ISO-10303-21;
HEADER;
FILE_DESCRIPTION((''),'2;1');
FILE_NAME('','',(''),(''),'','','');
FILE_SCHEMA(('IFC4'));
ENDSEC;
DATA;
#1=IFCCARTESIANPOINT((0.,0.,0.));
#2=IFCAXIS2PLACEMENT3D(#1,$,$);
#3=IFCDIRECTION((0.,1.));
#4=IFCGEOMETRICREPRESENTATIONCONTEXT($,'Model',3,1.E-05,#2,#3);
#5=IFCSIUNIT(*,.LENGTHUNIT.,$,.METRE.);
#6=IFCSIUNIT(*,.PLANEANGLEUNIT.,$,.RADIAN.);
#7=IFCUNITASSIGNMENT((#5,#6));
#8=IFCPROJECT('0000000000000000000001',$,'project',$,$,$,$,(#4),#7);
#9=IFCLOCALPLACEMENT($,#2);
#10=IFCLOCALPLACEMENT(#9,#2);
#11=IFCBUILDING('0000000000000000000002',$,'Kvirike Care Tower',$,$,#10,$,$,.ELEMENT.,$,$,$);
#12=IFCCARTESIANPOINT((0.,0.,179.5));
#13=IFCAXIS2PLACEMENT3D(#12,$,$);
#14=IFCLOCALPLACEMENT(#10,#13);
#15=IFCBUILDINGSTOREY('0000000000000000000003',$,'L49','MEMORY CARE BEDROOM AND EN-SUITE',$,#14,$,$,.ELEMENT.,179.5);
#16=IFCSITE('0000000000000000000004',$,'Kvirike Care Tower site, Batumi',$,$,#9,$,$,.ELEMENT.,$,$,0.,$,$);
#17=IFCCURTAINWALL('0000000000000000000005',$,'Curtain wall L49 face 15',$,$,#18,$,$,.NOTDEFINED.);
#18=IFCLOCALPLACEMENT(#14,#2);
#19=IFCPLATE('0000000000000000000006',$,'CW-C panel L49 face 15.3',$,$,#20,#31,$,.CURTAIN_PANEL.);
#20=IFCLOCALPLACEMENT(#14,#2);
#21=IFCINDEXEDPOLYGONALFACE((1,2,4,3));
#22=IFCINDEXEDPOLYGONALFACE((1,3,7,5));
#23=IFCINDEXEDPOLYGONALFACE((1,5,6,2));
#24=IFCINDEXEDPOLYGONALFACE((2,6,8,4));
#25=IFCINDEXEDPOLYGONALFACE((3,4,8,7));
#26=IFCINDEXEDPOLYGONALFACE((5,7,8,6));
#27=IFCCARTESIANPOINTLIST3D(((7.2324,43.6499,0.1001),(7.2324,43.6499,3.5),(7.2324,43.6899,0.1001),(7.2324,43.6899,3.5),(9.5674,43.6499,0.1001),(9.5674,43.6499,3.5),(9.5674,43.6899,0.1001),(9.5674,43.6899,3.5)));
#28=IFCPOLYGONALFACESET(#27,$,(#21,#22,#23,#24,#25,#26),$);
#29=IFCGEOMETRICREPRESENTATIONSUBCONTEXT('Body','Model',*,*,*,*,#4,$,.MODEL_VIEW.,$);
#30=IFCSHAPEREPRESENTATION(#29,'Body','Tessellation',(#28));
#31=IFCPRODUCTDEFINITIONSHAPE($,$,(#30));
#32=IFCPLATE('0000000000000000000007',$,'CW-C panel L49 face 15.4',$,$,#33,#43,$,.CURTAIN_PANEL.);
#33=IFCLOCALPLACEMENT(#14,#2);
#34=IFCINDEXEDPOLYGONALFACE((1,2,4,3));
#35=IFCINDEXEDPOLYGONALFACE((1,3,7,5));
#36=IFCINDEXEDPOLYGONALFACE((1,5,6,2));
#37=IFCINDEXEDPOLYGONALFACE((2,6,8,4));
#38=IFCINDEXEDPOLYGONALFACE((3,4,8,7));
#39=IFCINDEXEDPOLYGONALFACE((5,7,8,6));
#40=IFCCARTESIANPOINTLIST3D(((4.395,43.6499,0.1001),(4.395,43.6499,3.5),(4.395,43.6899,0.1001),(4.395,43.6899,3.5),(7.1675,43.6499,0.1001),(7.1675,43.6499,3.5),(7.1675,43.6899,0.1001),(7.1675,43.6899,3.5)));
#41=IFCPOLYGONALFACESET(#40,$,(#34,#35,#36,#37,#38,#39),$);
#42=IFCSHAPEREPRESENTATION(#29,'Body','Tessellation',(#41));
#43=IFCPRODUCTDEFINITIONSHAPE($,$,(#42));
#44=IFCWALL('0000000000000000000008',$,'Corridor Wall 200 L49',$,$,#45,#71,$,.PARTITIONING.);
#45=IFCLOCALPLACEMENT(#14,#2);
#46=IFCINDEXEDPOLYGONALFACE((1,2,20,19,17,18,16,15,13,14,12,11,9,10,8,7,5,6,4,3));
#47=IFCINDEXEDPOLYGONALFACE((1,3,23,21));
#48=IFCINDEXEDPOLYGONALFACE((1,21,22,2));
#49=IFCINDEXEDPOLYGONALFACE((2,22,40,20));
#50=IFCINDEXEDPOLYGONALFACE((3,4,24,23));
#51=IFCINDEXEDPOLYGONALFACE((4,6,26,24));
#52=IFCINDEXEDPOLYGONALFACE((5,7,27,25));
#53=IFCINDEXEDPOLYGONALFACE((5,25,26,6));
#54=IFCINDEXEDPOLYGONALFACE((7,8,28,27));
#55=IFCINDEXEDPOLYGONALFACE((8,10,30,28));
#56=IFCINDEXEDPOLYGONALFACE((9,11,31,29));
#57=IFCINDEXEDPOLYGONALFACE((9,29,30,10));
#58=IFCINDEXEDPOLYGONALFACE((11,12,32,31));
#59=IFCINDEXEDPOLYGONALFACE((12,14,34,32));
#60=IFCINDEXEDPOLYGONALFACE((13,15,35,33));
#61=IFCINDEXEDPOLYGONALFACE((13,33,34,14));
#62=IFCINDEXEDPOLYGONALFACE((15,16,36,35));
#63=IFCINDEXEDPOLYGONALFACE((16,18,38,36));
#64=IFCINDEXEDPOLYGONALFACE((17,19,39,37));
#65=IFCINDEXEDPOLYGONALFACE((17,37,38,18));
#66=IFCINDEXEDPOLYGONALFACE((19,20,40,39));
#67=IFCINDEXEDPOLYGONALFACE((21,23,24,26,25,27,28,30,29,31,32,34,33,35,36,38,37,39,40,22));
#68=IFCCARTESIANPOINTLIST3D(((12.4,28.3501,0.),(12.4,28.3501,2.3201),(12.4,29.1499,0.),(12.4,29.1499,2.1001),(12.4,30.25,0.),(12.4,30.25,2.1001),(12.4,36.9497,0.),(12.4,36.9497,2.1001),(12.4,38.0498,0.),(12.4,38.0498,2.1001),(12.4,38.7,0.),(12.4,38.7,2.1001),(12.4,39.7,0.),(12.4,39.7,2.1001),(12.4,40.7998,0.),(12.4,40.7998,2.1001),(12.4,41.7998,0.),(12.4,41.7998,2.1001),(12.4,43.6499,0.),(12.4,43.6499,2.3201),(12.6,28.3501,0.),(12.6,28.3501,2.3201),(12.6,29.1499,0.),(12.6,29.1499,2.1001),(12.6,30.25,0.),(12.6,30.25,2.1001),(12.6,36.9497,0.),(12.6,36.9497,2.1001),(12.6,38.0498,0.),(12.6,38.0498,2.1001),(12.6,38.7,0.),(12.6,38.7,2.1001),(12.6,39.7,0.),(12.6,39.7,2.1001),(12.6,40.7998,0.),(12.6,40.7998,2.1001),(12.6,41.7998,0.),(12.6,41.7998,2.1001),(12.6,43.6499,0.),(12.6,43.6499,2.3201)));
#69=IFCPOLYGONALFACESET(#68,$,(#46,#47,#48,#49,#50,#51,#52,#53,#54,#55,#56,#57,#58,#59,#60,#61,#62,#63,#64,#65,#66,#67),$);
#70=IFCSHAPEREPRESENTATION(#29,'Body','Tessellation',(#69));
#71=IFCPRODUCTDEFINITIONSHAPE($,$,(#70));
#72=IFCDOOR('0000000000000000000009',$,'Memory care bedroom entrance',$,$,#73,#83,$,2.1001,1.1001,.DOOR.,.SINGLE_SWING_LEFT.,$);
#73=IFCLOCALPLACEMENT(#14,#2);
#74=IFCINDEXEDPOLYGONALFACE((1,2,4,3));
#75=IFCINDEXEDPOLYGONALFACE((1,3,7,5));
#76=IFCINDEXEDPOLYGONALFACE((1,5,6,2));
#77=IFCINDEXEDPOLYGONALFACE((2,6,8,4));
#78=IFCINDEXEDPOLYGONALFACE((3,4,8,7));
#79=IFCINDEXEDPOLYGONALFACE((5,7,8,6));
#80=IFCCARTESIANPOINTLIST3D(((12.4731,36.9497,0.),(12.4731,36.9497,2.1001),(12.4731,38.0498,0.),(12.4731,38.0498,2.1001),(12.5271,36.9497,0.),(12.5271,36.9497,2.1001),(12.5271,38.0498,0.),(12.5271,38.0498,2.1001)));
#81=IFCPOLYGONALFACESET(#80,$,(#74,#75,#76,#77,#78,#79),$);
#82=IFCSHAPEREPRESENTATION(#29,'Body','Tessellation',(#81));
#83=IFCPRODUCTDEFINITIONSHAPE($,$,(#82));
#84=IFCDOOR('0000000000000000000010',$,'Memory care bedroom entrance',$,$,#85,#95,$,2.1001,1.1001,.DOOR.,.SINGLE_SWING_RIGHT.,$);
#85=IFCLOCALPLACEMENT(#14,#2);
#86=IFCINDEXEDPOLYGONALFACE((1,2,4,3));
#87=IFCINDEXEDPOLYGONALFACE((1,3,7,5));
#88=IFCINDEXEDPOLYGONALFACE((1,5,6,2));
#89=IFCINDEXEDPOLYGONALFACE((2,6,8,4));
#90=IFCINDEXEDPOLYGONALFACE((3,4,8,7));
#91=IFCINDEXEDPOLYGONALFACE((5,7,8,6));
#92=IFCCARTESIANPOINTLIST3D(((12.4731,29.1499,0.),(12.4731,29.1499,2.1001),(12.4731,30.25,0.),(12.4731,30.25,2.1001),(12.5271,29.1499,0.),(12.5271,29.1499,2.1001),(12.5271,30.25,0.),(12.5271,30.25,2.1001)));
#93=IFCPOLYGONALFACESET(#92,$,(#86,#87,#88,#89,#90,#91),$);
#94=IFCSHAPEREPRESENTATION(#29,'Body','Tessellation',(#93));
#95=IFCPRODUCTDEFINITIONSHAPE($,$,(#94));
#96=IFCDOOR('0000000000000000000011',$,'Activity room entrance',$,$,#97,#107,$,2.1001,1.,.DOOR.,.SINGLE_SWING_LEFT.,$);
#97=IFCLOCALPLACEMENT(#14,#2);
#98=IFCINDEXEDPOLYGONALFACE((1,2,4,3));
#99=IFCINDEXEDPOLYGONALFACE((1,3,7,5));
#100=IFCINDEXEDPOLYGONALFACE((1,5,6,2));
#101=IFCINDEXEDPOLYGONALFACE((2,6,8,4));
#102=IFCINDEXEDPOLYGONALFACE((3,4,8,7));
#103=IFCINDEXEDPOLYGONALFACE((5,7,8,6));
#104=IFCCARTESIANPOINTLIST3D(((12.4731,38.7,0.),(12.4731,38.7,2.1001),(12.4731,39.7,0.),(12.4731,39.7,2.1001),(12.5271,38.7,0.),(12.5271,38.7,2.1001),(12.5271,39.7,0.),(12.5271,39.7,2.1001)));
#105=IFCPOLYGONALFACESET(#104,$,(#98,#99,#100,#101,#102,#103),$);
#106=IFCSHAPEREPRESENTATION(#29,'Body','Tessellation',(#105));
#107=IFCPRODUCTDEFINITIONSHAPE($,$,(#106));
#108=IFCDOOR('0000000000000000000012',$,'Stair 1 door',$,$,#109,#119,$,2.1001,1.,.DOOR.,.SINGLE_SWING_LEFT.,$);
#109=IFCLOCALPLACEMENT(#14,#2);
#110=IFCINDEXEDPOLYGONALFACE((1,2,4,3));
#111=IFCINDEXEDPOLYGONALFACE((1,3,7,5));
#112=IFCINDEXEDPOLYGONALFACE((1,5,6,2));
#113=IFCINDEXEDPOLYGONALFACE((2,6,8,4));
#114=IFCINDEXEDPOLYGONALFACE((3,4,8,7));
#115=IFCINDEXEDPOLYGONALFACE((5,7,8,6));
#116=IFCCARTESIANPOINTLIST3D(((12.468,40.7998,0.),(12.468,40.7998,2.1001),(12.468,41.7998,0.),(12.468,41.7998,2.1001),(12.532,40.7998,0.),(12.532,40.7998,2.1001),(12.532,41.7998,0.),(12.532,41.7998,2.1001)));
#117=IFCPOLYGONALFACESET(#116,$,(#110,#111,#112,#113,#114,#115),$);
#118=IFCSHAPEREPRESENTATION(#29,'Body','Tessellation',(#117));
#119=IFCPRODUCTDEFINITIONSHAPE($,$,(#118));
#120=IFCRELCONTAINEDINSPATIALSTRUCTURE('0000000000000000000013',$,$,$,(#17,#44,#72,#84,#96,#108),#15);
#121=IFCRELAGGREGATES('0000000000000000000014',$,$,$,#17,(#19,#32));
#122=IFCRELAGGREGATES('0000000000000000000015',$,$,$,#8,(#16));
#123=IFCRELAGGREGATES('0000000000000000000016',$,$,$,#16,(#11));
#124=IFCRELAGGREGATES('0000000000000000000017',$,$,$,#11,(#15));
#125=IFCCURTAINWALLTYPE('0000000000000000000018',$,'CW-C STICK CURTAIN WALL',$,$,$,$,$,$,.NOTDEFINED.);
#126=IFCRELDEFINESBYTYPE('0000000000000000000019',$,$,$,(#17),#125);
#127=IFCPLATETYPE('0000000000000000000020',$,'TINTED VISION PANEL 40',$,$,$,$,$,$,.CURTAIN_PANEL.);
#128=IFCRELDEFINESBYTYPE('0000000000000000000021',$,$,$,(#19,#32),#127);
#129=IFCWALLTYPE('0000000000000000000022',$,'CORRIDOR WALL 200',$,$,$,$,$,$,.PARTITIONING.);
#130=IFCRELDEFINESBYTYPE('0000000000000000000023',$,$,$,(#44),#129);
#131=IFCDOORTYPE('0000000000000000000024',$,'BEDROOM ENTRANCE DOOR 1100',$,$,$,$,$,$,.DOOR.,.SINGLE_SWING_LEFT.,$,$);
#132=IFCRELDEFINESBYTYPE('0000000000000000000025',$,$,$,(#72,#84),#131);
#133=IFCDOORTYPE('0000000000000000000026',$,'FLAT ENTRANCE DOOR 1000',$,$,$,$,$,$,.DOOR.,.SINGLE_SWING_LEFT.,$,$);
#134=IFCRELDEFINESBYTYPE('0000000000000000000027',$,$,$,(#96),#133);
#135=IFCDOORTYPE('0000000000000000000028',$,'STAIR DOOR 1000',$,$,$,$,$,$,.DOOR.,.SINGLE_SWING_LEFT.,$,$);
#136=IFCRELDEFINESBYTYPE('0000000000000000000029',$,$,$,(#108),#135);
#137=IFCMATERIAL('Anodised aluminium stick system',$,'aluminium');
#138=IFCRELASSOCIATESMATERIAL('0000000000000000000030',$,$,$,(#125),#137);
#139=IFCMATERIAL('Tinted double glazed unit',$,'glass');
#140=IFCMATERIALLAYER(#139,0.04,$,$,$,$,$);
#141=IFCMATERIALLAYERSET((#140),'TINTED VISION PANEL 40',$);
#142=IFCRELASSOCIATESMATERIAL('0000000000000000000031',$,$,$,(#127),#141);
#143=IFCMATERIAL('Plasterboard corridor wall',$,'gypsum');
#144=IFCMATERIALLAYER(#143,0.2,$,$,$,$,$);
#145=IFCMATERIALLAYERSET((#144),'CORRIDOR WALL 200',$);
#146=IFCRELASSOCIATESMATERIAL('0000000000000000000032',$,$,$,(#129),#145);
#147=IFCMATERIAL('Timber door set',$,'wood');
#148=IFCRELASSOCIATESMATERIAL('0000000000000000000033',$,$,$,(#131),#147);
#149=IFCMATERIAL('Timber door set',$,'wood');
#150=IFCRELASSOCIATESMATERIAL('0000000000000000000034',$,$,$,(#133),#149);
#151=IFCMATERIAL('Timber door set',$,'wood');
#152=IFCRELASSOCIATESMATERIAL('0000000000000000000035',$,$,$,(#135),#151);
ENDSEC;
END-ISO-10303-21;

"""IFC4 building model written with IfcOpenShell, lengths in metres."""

from ifc_helpers import new_model, si_unit, direction, frame, frame_2d, origin, origin_2d, place, context, subcontext, project, spatial, rectangle, extrude, material, layer, layer_set, type_object, element, fill, aggregate, save


model = new_model("IFC4")

# Units and contexts
model_context = context("Model", 3, precision=1e-05, world=origin(), true_north=direction((0.0, 1.0)))
body_context = subcontext(model_context, "Body", "Model", "MODEL_VIEW")
ifc_project = project(units=[si_unit("LENGTHUNIT", "METRE"), si_unit("PLANEANGLEUNIT", "RADIAN")], contexts=[model_context])

# Site, building, storey
site_placement = place(None, origin())
site = spatial("IfcSite", under=ifc_project, at=site_placement, Name="Kvirike Care Tower site, Batumi", CompositionType="ELEMENT", RefElevation=0.0)
building_placement = place(site_placement, origin())
building = spatial("IfcBuilding", under=site, at=building_placement, Name="Kvirike Care Tower", CompositionType="ELEMENT")
storey_placement = place(building_placement, frame((0.0, 0.0, 179.5)))
storey = spatial("IfcBuildingStorey", under=building, at=storey_placement, Name="L49", Description="MEMORY CARE BEDROOM AND EN-SUITE", CompositionType="ELEMENT", Elevation=179.5)

# Curtain wall
ifc_material_1 = material(Name="Anodised aluminium stick system", Category="aluminium")
curtain_wall_type = type_object("IfcCurtainWallType", Name="CW-C STICK CURTAIN WALL", PredefinedType="NOTDEFINED", material=ifc_material_1)
curtain_wall_1_placement = place(storey_placement, origin())
curtain_wall_1 = element("IfcCurtainWall", 1, at=curtain_wall_1_placement, inside=storey, type_object=curtain_wall_type, Name="Curtain wall L49 face 15", PredefinedType="NOTDEFINED")

# Plates
ifc_material_2 = material(Name="Tinted double glazed unit", Category="glass")
ifc_layer_1 = layer(ifc_material_2, 0.04)
ifc_layer_set_1 = layer_set([ifc_layer_1], Name="TINTED VISION PANEL 40")
plate_type = type_object("IfcPlateType", Name="TINTED VISION PANEL 40", PredefinedType="CURTAIN_PANEL", material=ifc_layer_set_1)
plate_1_placement = place(storey_placement, frame((8.3999, 43.6699, 0.1001), z_axis=(0.0, 0.0, 1.0), x_axis=(-1.0, 0.0, 0.0)))
plate_1 = element("IfcPlate", 2, at=plate_1_placement, type_object=plate_type, Name="CW-C panel L49 face 15.3", PredefinedType="CURTAIN_PANEL", context=body_context, shape_type="SweptSolid", body=[
    extrude(rectangle(XDim=2.335, YDim=0.04, at=origin_2d()), origin(), (0.0, 0.0, 1.0), 3.3999),
])
plate_2_placement = place(storey_placement, frame((5.7812, 43.6699, 0.1001), z_axis=(0.0, 0.0, 1.0), x_axis=(-1.0, 0.0, 0.0)))
plate_2 = element("IfcPlate", 3, at=plate_2_placement, type_object=plate_type, Name="CW-C panel L49 face 15.4", PredefinedType="CURTAIN_PANEL", context=body_context, shape_type="SweptSolid", body=[
    extrude(rectangle(XDim=2.7725, YDim=0.04, at=origin_2d()), origin(), (0.0, 0.0, 1.0), 3.3999),
])
aggregate(curtain_wall_1, [plate_1, plate_2])

# Wall, openings, doors
ifc_material_3 = material(Name="Plasterboard corridor wall", Category="gypsum")
ifc_layer_2 = layer(ifc_material_3, 0.2)
ifc_layer_set_2 = layer_set([ifc_layer_2], Name="CORRIDOR WALL 200")
wall_type = type_object("IfcWallType", Name="CORRIDOR WALL 200", PredefinedType="PARTITIONING", material=ifc_layer_set_2)
wall_placement = place(storey_placement, frame((12.5, 43.6499, 0.0), z_axis=(0.0, 0.0, 1.0), x_axis=(0.0, -1.0, 0.0)))
wall = element("IfcWall", 4, at=wall_placement, inside=storey, type_object=wall_type, Name="Corridor Wall 200 L49", PredefinedType="PARTITIONING", context=body_context, shape_type="SweptSolid", body=[
    extrude(rectangle(XDim=15.2998, YDim=0.2, at=frame_2d((7.6499, 0.0))), origin(), (0.0, 0.0, 1.0), 2.3201),
])
opening_1_placement = place(wall_placement, frame((1.8501, 0.0, 0.0)))
opening_1 = element("IfcOpeningElement", 5, at=opening_1_placement, cuts=wall, PredefinedType="OPENING", context=body_context, shape_type="SweptSolid", body=[
    extrude(rectangle(XDim=1.0, YDim=2.1001, at=frame_2d((0.5, 1.05))), frame((0.0, 0.1106, 0.0), z_axis=(0.0, -1.0, 0.0), x_axis=(1.0, 0.0, 0.0)), (0.0, 0.0, 1.0), 0.2209),
])
opening_2_placement = place(wall_placement, frame((3.95, 0.0, 0.0)))
opening_2 = element("IfcOpeningElement", 6, at=opening_2_placement, cuts=wall, PredefinedType="OPENING", context=body_context, shape_type="SweptSolid", body=[
    extrude(rectangle(XDim=1.0, YDim=2.1001, at=frame_2d((0.5, 1.05))), frame((0.0, 0.1106, 0.0), z_axis=(0.0, -1.0, 0.0), x_axis=(1.0, 0.0, 0.0)), (0.0, 0.0, 1.0), 0.2209),
])
opening_3_placement = place(wall_placement, frame((5.6001, 0.0, 0.0)))
opening_3 = element("IfcOpeningElement", 7, at=opening_3_placement, cuts=wall, PredefinedType="OPENING", context=body_context, shape_type="SweptSolid", body=[
    extrude(rectangle(XDim=1.1001, YDim=2.1001, at=frame_2d((0.55, 1.05))), frame((0.0, 0.1106, 0.0), z_axis=(0.0, -1.0, 0.0), x_axis=(1.0, 0.0, 0.0)), (0.0, 0.0, 1.0), 0.2209),
])
opening_4_placement = place(wall_placement, frame((13.3999, 0.0, 0.0)))
opening_4 = element("IfcOpeningElement", 8, at=opening_4_placement, cuts=wall, PredefinedType="OPENING", context=body_context, shape_type="SweptSolid", body=[
    extrude(rectangle(XDim=1.1001, YDim=2.1001, at=frame_2d((0.55, 1.05))), frame((0.0, 0.1106, 0.0), z_axis=(0.0, -1.0, 0.0), x_axis=(1.0, 0.0, 0.0)), (0.0, 0.0, 1.0), 0.2209),
])
ifc_material_4 = material(Name="Timber door set", Category="wood")
door_type_1 = type_object("IfcDoorType", Name="BEDROOM ENTRANCE DOOR 1100", OperationType="SINGLE_SWING_LEFT", PredefinedType="DOOR", material=ifc_material_4)
door_1_placement = place(opening_3_placement, frame((1.1001, 0.0, 0.0), z_axis=(0.0, 0.0, 1.0), x_axis=(-1.0, 0.0, 0.0)))
door_1 = element("IfcDoor", 9, at=door_1_placement, inside=storey, type_object=door_type_1, Name="Memory care bedroom entrance", OperationType="SINGLE_SWING_LEFT", OverallHeight=2.1001, OverallWidth=1.1001, PredefinedType="DOOR", context=body_context, shape_type="SweptSolid", body=[
    extrude(rectangle(XDim=1.1001, YDim=2.1001, at=frame_2d((0.55, 1.05))), frame((0.0, 0.0269, 0.0), z_axis=(0.0, -1.0, 0.0), x_axis=(1.0, 0.0, 0.0)), (0.0, 0.0, 1.0), 0.054),
])
fill(opening_3, door_1)
door_2_placement = place(opening_4_placement, frame((1.1001, 0.0, 0.0), z_axis=(0.0, 0.0, 1.0), x_axis=(-1.0, 0.0, 0.0)))
door_2 = element("IfcDoor", 10, at=door_2_placement, inside=storey, type_object=door_type_1, Name="Memory care bedroom entrance", OperationType="SINGLE_SWING_RIGHT", OverallHeight=2.1001, OverallWidth=1.1001, PredefinedType="DOOR", context=body_context, shape_type="SweptSolid", body=[
    extrude(rectangle(XDim=1.1001, YDim=2.1001, at=frame_2d((0.55, 1.05))), frame((0.0, 0.0269, 0.0), z_axis=(0.0, -1.0, 0.0), x_axis=(1.0, 0.0, 0.0)), (0.0, 0.0, 1.0), 0.054),
])
fill(opening_4, door_2)
ifc_material_5 = material(Name="Timber door set", Category="wood")
door_type_2 = type_object("IfcDoorType", Name="FLAT ENTRANCE DOOR 1000", OperationType="SINGLE_SWING_LEFT", PredefinedType="DOOR", material=ifc_material_5)
door_3_placement = place(opening_2_placement, frame((1.0, 0.0, 0.0), z_axis=(0.0, 0.0, 1.0), x_axis=(-1.0, 0.0, 0.0)))
door_3 = element("IfcDoor", 11, at=door_3_placement, inside=storey, type_object=door_type_2, Name="Activity room entrance", OperationType="SINGLE_SWING_LEFT", OverallHeight=2.1001, OverallWidth=1.0, PredefinedType="DOOR", context=body_context, shape_type="SweptSolid", body=[
    extrude(rectangle(XDim=1.0, YDim=2.1001, at=frame_2d((0.5, 1.05))), frame((0.0, 0.0269, 0.0), z_axis=(0.0, -1.0, 0.0), x_axis=(1.0, 0.0, 0.0)), (0.0, 0.0, 1.0), 0.054),
])
fill(opening_2, door_3)
ifc_material_6 = material(Name="Timber door set", Category="wood")
door_type_3 = type_object("IfcDoorType", Name="STAIR DOOR 1000", OperationType="SINGLE_SWING_LEFT", PredefinedType="DOOR", material=ifc_material_6)
door_4_placement = place(opening_1_placement, frame((1.0, 0.0, 0.0), z_axis=(0.0, 0.0, 1.0), x_axis=(-1.0, 0.0, 0.0)))
door_4 = element("IfcDoor", 12, at=door_4_placement, inside=storey, type_object=door_type_3, Name="Stair 1 door", OperationType="SINGLE_SWING_LEFT", OverallHeight=2.1001, OverallWidth=1.0, PredefinedType="DOOR", context=body_context, shape_type="SweptSolid", body=[
    extrude(rectangle(XDim=1.0, YDim=2.1001, at=frame_2d((0.5, 1.05))), frame((0.0, 0.032, 0.0), z_axis=(0.0, -1.0, 0.0), x_axis=(1.0, 0.0, 0.0)), (0.0, 0.0, 1.0), 0.064),
])
fill(opening_1, door_4)

save(model, "model.ifc")
